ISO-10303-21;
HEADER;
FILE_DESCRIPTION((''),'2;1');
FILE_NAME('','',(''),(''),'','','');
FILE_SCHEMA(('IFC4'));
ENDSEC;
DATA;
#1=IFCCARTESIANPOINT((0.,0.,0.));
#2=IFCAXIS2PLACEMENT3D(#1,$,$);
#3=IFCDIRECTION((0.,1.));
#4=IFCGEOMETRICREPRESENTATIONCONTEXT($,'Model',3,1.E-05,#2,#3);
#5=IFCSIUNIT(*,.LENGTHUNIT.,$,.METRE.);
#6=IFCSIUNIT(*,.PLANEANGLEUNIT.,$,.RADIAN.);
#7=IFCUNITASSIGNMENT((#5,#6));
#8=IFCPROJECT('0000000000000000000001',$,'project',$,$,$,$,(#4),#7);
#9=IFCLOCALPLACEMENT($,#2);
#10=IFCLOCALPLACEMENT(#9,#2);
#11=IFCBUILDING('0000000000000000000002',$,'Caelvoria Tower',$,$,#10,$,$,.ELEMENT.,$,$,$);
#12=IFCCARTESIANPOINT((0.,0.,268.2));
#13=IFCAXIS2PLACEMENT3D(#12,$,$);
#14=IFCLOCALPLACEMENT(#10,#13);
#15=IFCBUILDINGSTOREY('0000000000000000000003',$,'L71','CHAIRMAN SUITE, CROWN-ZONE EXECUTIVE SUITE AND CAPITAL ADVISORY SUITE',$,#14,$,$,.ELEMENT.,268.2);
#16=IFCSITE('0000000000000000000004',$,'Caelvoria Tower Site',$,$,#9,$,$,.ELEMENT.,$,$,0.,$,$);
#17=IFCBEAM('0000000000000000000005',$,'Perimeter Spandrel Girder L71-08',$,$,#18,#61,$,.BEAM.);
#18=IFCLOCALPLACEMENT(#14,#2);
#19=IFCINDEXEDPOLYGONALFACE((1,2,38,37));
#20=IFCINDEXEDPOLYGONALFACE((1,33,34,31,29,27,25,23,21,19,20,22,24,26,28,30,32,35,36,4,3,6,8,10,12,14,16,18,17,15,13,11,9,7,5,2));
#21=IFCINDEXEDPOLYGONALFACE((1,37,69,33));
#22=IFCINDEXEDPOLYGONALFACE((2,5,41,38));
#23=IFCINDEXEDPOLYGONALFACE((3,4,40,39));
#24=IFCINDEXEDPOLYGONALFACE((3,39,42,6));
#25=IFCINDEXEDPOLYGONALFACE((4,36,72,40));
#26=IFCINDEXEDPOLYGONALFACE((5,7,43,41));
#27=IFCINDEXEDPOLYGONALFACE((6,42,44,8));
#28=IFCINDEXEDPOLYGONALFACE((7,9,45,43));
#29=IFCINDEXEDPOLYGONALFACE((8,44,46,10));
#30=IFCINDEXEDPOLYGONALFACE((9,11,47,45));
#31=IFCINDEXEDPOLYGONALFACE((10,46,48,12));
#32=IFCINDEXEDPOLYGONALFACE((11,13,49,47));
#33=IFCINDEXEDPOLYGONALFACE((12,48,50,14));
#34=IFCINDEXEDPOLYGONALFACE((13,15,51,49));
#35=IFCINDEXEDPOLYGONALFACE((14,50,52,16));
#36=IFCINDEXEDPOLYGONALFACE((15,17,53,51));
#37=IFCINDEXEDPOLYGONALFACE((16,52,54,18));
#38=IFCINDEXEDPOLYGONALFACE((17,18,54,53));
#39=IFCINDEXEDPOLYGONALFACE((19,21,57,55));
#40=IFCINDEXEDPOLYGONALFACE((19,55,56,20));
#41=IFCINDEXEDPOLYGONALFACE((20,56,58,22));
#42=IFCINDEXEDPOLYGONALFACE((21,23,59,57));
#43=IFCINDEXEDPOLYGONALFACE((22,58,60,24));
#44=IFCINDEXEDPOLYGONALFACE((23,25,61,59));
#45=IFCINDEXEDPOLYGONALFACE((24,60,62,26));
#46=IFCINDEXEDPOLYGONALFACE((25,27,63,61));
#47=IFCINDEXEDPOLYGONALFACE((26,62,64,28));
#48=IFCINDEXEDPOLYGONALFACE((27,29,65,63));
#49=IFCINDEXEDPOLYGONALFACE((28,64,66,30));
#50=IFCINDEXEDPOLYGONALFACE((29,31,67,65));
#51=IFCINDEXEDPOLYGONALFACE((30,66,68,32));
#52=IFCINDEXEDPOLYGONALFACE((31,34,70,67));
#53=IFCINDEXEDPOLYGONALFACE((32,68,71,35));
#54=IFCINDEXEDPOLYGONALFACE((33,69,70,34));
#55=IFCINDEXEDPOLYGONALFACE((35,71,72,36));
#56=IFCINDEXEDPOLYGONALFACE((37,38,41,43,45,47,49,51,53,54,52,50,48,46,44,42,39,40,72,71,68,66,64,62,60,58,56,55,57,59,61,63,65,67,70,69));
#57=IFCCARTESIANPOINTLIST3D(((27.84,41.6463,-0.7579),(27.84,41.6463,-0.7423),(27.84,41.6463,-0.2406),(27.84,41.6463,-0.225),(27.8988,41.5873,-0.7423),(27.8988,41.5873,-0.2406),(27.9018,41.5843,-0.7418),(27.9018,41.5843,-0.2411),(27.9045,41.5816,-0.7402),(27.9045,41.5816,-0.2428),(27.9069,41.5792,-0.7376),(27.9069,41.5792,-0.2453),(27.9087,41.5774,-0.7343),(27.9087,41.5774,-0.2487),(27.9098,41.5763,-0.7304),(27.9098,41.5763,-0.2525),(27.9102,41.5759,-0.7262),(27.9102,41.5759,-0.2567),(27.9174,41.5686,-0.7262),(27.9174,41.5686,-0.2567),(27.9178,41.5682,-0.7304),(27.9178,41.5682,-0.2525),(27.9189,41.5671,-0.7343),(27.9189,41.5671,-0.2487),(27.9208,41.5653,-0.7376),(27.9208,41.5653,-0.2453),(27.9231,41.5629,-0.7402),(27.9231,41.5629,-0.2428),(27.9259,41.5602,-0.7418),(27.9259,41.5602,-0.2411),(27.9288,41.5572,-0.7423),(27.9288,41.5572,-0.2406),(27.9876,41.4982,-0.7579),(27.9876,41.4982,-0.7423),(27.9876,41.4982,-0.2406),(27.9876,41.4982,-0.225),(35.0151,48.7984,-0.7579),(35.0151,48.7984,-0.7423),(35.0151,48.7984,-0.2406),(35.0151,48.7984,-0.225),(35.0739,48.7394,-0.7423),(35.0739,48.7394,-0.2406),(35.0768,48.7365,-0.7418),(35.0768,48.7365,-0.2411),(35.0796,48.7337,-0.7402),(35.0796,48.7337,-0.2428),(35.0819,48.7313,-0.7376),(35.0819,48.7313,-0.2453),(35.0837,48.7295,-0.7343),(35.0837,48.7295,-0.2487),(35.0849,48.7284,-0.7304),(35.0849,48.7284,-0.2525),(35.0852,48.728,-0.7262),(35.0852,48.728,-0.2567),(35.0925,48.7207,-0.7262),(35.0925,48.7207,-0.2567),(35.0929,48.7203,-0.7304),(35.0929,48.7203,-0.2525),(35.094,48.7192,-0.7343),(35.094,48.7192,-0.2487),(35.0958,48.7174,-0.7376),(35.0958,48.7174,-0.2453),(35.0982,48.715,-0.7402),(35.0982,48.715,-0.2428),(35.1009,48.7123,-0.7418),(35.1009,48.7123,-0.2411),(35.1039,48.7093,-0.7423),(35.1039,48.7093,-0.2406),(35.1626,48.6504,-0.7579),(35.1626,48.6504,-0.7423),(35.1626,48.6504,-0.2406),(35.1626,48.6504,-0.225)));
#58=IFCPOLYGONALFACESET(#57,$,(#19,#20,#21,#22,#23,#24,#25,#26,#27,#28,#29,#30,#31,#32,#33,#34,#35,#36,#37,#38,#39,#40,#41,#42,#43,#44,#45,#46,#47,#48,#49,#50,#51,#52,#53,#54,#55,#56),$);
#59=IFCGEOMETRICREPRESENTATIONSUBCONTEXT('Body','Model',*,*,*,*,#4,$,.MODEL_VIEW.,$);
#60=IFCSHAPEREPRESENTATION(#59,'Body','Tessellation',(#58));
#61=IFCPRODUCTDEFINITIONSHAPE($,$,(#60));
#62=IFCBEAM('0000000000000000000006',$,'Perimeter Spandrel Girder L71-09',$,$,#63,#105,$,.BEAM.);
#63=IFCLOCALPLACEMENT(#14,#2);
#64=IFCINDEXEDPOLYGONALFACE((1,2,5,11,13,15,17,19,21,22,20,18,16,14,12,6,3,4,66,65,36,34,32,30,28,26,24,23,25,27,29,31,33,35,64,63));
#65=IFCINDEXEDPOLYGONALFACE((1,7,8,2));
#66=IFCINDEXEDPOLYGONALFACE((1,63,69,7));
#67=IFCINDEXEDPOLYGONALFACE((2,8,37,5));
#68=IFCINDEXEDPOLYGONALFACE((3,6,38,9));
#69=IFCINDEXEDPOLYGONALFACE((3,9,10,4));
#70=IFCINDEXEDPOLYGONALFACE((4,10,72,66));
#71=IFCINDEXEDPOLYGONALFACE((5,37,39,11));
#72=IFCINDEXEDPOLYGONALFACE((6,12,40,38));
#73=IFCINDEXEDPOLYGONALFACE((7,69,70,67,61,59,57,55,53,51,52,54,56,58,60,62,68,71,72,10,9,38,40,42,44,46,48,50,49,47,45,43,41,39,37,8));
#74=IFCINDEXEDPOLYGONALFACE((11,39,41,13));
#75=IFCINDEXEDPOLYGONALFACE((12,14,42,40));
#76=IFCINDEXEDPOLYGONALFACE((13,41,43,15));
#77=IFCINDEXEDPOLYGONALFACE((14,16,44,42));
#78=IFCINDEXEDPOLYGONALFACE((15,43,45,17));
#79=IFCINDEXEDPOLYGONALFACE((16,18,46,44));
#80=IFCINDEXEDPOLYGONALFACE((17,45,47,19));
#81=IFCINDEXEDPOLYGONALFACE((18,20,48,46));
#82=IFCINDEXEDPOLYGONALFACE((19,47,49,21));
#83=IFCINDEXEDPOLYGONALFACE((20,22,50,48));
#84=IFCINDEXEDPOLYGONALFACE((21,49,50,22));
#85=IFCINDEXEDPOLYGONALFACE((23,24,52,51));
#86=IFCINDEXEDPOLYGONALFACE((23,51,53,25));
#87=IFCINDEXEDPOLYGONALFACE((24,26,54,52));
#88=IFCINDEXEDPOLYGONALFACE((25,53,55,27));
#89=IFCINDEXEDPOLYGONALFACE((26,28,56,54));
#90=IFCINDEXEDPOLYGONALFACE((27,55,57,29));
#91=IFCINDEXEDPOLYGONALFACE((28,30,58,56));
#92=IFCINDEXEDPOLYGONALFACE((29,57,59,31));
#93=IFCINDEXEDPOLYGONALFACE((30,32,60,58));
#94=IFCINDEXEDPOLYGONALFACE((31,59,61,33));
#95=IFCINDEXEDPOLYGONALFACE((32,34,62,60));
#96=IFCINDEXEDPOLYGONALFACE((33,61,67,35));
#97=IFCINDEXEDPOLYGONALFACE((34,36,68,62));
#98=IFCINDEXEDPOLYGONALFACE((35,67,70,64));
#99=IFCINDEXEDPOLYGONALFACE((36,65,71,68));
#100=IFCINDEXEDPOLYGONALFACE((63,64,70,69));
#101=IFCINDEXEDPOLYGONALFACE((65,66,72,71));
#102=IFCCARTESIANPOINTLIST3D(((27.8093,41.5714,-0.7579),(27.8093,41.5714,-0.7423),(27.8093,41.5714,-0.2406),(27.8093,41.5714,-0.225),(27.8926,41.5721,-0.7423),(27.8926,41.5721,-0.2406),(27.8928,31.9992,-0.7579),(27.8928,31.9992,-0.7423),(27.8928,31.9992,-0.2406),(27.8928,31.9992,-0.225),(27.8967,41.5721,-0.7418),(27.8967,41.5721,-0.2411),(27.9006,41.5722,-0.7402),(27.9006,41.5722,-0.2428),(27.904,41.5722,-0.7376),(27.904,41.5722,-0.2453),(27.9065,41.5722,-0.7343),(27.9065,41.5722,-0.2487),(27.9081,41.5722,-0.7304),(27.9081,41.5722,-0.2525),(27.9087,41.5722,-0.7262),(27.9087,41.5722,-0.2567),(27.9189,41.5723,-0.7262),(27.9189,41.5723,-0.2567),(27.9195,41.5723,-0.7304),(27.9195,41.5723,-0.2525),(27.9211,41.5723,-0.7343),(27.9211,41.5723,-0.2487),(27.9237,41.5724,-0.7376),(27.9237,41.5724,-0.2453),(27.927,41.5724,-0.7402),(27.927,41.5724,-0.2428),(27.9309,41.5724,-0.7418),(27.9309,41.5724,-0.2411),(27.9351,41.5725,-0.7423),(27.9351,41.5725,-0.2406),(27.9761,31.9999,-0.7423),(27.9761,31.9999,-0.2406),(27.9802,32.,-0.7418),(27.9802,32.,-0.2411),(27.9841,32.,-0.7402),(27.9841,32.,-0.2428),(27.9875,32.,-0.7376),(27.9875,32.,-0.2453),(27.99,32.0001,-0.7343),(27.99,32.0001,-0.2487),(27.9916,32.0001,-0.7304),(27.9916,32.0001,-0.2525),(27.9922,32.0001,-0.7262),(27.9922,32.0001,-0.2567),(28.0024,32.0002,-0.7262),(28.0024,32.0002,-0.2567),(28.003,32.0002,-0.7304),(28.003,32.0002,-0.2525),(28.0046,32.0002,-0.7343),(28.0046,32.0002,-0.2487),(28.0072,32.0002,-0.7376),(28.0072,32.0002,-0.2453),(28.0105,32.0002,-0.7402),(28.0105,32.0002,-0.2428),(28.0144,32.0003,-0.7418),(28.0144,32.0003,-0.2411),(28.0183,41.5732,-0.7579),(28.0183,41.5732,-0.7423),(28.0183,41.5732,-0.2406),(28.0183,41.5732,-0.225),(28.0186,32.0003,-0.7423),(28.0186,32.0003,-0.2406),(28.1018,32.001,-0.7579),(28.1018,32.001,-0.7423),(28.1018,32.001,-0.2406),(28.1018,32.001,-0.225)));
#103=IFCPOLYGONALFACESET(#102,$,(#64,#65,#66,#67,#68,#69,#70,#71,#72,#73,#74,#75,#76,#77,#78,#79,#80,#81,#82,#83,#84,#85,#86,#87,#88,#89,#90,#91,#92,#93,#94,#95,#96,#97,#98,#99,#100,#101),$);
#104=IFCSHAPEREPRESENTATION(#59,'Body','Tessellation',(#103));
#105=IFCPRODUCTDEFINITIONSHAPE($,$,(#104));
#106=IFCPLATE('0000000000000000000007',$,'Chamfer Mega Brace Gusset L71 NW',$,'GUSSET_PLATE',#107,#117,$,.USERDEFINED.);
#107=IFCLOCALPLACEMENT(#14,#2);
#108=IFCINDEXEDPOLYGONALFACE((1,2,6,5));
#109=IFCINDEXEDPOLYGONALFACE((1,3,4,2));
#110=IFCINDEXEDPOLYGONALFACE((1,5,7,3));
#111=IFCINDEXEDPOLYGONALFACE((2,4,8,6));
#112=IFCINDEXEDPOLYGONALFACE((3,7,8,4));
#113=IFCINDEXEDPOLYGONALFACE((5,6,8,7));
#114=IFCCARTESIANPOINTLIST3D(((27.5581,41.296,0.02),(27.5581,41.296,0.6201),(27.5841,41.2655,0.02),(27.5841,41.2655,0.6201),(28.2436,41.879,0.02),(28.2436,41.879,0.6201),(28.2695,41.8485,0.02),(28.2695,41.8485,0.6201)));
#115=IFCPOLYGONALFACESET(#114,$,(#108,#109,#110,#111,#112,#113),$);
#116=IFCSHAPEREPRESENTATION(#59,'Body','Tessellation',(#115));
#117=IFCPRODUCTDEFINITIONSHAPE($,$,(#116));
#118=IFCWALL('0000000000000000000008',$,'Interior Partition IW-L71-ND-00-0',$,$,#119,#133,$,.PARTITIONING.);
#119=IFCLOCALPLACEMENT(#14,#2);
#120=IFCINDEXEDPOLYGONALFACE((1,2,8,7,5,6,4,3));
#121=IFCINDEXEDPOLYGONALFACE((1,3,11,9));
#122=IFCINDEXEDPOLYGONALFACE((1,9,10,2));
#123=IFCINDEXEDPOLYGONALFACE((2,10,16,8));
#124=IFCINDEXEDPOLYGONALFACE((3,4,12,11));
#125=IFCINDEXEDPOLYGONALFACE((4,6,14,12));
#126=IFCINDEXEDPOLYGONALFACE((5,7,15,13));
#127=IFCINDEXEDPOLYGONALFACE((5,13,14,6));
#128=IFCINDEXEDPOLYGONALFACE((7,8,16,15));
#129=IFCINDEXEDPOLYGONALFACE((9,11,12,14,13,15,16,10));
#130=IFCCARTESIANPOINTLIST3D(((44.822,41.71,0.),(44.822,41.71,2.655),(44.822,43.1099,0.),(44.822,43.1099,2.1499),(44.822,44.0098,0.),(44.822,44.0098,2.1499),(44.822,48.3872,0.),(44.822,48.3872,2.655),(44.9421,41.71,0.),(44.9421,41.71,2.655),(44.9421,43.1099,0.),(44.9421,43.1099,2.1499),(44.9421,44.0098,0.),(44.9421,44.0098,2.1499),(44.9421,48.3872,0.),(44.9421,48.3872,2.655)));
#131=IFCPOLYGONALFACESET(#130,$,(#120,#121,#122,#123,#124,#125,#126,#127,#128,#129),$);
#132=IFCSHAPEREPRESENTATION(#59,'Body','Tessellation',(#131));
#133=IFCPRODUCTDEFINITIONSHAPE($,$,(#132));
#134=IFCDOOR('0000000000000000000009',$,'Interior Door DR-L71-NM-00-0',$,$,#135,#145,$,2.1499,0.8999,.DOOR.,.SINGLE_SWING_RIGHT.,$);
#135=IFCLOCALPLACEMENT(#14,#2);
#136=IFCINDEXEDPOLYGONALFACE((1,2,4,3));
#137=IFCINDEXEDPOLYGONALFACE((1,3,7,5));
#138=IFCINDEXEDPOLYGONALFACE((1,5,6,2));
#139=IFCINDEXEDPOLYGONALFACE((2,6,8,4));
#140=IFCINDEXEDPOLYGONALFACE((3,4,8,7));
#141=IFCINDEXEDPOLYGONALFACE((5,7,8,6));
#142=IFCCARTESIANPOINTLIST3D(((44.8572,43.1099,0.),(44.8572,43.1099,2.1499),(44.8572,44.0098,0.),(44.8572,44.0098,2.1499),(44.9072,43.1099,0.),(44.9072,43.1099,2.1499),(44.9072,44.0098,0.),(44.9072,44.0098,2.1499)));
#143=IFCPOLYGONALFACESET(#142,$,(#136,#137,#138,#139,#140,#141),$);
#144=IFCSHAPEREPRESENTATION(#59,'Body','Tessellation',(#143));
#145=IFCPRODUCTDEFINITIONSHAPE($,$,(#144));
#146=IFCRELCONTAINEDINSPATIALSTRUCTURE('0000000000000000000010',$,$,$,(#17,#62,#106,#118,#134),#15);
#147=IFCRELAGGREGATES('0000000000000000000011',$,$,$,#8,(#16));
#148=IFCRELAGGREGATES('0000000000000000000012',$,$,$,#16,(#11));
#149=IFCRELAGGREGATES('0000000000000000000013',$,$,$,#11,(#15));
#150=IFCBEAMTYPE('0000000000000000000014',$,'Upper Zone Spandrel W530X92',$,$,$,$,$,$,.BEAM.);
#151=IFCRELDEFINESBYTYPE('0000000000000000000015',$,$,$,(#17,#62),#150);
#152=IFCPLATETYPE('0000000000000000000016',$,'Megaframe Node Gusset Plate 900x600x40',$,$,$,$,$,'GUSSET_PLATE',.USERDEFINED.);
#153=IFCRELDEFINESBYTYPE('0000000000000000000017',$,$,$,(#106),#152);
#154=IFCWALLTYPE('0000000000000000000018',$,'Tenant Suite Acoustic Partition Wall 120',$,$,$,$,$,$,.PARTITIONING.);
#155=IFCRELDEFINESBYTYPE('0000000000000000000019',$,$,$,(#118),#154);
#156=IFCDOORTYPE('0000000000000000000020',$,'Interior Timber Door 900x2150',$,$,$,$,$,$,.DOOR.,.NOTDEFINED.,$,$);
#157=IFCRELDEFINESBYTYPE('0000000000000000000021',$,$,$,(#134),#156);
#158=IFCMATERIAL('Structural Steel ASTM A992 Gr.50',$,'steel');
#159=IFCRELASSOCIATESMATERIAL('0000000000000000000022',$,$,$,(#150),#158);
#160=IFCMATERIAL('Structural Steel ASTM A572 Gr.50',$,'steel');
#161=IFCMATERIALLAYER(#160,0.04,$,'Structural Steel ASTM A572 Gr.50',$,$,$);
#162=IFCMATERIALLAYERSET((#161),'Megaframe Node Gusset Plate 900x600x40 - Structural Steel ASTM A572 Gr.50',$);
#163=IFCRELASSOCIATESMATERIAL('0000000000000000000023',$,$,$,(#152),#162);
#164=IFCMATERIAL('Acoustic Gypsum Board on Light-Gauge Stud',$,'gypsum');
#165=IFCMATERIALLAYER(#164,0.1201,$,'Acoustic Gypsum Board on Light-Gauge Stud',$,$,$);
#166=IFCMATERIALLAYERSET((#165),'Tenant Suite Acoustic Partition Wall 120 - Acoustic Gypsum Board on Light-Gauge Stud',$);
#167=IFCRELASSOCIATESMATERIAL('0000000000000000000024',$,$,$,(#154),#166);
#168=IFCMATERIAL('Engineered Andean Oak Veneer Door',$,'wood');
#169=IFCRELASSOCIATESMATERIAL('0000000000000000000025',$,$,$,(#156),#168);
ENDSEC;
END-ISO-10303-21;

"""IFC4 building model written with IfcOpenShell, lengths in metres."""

from ifc_helpers import new_model, si_unit, direction, frame, frame_2d, origin, origin_2d, place, context, subcontext, project, spatial, rectangle, i_section, extrude, material, layer, layer_set, material_profile, profile_set, type_object, element, fill, save


model = new_model("IFC4")

# Units and contexts
model_context = context("Model", 3, precision=1e-05, world=origin(), true_north=direction((0.0, 1.0)))
body_context = subcontext(model_context, "Body", "Model", "MODEL_VIEW")
ifc_project = project(units=[si_unit("LENGTHUNIT", "METRE"), si_unit("PLANEANGLEUNIT", "RADIAN")], contexts=[model_context])

# Site, building, storey
site_placement = place(None, origin())
site = spatial("IfcSite", under=ifc_project, at=site_placement, Name="Caelvoria Tower Site", CompositionType="ELEMENT", RefElevation=0.0)
building_placement = place(site_placement, origin())
building = spatial("IfcBuilding", under=site, at=building_placement, Name="Caelvoria Tower", CompositionType="ELEMENT")
storey_placement = place(building_placement, frame((0.0, 0.0, 268.2)))
storey = spatial("IfcBuildingStorey", under=building, at=storey_placement, Name="L71", Description="CHAIRMAN SUITE, CROWN-ZONE EXECUTIVE SUITE AND CAPITAL ADVISORY SUITE", CompositionType="ELEMENT", Elevation=268.2)

# Shared definitions
ifc_material_1 = material(Name="Structural Steel ASTM A572 Gr.50", Category="steel")

# Shared definitions
ifc_material_2 = material(Name="Structural Steel ASTM A992 Gr.50", Category="steel")

# Beams
ifc_material_profile_1 = material_profile(ifc_material_2, i_section(OverallWidth=0.209, OverallDepth=0.533, WebThickness=0.0103, FlangeThickness=0.0156, FilletRadius=0.0161, at=origin_2d()), Name="Structural Steel ASTM A992 Gr.50")
ifc_profile_set_1 = profile_set([ifc_material_profile_1], Name="W530X92 - Structural Steel ASTM A992 Gr.50")
beam_type_1 = type_object("IfcBeamType", Name="Upper Zone Spandrel W530X92", PredefinedType="BEAM", material=ifc_profile_set_1)
beam_1_placement = place(storey_placement, frame((35.0889, 48.7244, -0.4915), z_axis=(-0.708239, -0.705973, 0.0), x_axis=(0.705973, -0.708239, 0.0)))
element("IfcBeam", 1, at=beam_1_placement, inside=storey, type_object=beam_type_1, Name="Perimeter Spandrel Girder L71-08", PredefinedType="BEAM", context=body_context, shape_type="SweptSolid", body=[
    extrude(i_section(OverallWidth=0.209, OverallDepth=0.533, WebThickness=0.0103, FlangeThickness=0.0156, FilletRadius=0.0161, at=origin_2d()), origin(), (0.0, 0.0, 1.0), 10.1309),
])
beam_2_placement = place(storey_placement, frame((27.9138, 41.5723, -0.4915), z_axis=(0.008722, -0.999962, 0.0), x_axis=(0.999962, 0.008722, 0.0)))
element("IfcBeam", 2, at=beam_2_placement, inside=storey, type_object=beam_type_1, Name="Perimeter Spandrel Girder L71-09", PredefinedType="BEAM", context=body_context, shape_type="SweptSolid", body=[
    extrude(i_section(OverallWidth=0.209, OverallDepth=0.533, WebThickness=0.0103, FlangeThickness=0.0156, FilletRadius=0.0161, at=origin_2d()), origin(), (0.0, 0.0, 1.0), 9.5725),
])

# Plate
ifc_layer_1 = layer(ifc_material_1, 0.04, Name="Structural Steel ASTM A572 Gr.50")
ifc_layer_set_1 = layer_set([ifc_layer_1], Name="Megaframe Node Gusset Plate 900x600x40 - Structural Steel ASTM A572 Gr.50")
plate_type = type_object("IfcPlateType", Name="Megaframe Node Gusset Plate 900x600x40", ElementType="GUSSET_PLATE", PredefinedType="USERDEFINED", material=ifc_layer_set_1)
plate_placement = place(storey_placement, frame((27.9138, 41.5723, 0.02), z_axis=(0.0, 0.0, 1.0), x_axis=(0.761715, 0.647913, 0.0)))
element("IfcPlate", 3, at=plate_placement, inside=storey, type_object=plate_type, Name="Chamfer Mega Brace Gusset L71 NW", ObjectType="GUSSET_PLATE", PredefinedType="USERDEFINED", context=body_context, shape_type="SweptSolid", body=[
    extrude(rectangle(XDim=0.8999, YDim=0.04, at=origin_2d()), origin(), (0.0, 0.0, 1.0), 0.6001),
])

# Wall, opening, door
ifc_material_3 = material(Name="Acoustic Gypsum Board on Light-Gauge Stud", Category="gypsum")
ifc_layer_2 = layer(ifc_material_3, 0.1201, Name="Acoustic Gypsum Board on Light-Gauge Stud")
ifc_layer_set_2 = layer_set([ifc_layer_2], Name="Tenant Suite Acoustic Partition Wall 120 - Acoustic Gypsum Board on Light-Gauge Stud")
wall_type_1 = type_object("IfcWallType", Name="Tenant Suite Acoustic Partition Wall 120", PredefinedType="PARTITIONING", material=ifc_layer_set_2)
wall_1_placement = place(storey_placement, frame((44.8821, 41.71, 0.0), z_axis=(0.0, 0.0, 1.0), x_axis=(0.0, 1.0, 0.0)))
wall_1 = element("IfcWall", 4, at=wall_1_placement, inside=storey, type_object=wall_type_1, Name="Interior Partition IW-L71-ND-00-0", PredefinedType="PARTITIONING", context=body_context, shape_type="SweptSolid", body=[
    extrude(rectangle(XDim=6.6772, YDim=0.1201, at=frame_2d((3.3386, 0.0))), origin(), (0.0, 0.0, 1.0), 2.655),
])
opening_1_placement = place(wall_1_placement, frame((1.3999, 0.0, 0.0)))
opening_1 = element("IfcOpeningElement", 5, at=opening_1_placement, cuts=wall_1, PredefinedType="OPENING", context=body_context, shape_type="SweptSolid", body=[
    extrude(rectangle(XDim=0.8999, YDim=2.1499, at=frame_2d((0.45, 1.075))), frame((0.0, 0.0701, 0.0), z_axis=(0.0, -1.0, 0.0), x_axis=(1.0, 0.0, 0.0)), (0.0, 0.0, 1.0), 0.1401),
])
ifc_material_4 = material(Name="Engineered Andean Oak Veneer Door", Category="wood")
door_type_1 = type_object("IfcDoorType", Name="Interior Timber Door 900x2150", OperationType="NOTDEFINED", PredefinedType="DOOR", material=ifc_material_4)
door_1_placement = place(opening_1_placement, origin())
door_1 = element("IfcDoor", 6, at=door_1_placement, inside=storey, type_object=door_type_1, Name="Interior Door DR-L71-NM-00-0", OperationType="SINGLE_SWING_RIGHT", OverallHeight=2.1499, OverallWidth=0.8999, PredefinedType="DOOR", context=body_context, shape_type="SweptSolid", body=[
    extrude(rectangle(XDim=0.8999, YDim=2.1499, at=frame_2d((0.45, 1.075))), frame((0.0, 0.0249, 0.0), z_axis=(0.0, -1.0, 0.0), x_axis=(1.0, 0.0, 0.0)), (0.0, 0.0, 1.0), 0.05),
])
fill(opening_1, door_1)

save(model, "model.ifc")
